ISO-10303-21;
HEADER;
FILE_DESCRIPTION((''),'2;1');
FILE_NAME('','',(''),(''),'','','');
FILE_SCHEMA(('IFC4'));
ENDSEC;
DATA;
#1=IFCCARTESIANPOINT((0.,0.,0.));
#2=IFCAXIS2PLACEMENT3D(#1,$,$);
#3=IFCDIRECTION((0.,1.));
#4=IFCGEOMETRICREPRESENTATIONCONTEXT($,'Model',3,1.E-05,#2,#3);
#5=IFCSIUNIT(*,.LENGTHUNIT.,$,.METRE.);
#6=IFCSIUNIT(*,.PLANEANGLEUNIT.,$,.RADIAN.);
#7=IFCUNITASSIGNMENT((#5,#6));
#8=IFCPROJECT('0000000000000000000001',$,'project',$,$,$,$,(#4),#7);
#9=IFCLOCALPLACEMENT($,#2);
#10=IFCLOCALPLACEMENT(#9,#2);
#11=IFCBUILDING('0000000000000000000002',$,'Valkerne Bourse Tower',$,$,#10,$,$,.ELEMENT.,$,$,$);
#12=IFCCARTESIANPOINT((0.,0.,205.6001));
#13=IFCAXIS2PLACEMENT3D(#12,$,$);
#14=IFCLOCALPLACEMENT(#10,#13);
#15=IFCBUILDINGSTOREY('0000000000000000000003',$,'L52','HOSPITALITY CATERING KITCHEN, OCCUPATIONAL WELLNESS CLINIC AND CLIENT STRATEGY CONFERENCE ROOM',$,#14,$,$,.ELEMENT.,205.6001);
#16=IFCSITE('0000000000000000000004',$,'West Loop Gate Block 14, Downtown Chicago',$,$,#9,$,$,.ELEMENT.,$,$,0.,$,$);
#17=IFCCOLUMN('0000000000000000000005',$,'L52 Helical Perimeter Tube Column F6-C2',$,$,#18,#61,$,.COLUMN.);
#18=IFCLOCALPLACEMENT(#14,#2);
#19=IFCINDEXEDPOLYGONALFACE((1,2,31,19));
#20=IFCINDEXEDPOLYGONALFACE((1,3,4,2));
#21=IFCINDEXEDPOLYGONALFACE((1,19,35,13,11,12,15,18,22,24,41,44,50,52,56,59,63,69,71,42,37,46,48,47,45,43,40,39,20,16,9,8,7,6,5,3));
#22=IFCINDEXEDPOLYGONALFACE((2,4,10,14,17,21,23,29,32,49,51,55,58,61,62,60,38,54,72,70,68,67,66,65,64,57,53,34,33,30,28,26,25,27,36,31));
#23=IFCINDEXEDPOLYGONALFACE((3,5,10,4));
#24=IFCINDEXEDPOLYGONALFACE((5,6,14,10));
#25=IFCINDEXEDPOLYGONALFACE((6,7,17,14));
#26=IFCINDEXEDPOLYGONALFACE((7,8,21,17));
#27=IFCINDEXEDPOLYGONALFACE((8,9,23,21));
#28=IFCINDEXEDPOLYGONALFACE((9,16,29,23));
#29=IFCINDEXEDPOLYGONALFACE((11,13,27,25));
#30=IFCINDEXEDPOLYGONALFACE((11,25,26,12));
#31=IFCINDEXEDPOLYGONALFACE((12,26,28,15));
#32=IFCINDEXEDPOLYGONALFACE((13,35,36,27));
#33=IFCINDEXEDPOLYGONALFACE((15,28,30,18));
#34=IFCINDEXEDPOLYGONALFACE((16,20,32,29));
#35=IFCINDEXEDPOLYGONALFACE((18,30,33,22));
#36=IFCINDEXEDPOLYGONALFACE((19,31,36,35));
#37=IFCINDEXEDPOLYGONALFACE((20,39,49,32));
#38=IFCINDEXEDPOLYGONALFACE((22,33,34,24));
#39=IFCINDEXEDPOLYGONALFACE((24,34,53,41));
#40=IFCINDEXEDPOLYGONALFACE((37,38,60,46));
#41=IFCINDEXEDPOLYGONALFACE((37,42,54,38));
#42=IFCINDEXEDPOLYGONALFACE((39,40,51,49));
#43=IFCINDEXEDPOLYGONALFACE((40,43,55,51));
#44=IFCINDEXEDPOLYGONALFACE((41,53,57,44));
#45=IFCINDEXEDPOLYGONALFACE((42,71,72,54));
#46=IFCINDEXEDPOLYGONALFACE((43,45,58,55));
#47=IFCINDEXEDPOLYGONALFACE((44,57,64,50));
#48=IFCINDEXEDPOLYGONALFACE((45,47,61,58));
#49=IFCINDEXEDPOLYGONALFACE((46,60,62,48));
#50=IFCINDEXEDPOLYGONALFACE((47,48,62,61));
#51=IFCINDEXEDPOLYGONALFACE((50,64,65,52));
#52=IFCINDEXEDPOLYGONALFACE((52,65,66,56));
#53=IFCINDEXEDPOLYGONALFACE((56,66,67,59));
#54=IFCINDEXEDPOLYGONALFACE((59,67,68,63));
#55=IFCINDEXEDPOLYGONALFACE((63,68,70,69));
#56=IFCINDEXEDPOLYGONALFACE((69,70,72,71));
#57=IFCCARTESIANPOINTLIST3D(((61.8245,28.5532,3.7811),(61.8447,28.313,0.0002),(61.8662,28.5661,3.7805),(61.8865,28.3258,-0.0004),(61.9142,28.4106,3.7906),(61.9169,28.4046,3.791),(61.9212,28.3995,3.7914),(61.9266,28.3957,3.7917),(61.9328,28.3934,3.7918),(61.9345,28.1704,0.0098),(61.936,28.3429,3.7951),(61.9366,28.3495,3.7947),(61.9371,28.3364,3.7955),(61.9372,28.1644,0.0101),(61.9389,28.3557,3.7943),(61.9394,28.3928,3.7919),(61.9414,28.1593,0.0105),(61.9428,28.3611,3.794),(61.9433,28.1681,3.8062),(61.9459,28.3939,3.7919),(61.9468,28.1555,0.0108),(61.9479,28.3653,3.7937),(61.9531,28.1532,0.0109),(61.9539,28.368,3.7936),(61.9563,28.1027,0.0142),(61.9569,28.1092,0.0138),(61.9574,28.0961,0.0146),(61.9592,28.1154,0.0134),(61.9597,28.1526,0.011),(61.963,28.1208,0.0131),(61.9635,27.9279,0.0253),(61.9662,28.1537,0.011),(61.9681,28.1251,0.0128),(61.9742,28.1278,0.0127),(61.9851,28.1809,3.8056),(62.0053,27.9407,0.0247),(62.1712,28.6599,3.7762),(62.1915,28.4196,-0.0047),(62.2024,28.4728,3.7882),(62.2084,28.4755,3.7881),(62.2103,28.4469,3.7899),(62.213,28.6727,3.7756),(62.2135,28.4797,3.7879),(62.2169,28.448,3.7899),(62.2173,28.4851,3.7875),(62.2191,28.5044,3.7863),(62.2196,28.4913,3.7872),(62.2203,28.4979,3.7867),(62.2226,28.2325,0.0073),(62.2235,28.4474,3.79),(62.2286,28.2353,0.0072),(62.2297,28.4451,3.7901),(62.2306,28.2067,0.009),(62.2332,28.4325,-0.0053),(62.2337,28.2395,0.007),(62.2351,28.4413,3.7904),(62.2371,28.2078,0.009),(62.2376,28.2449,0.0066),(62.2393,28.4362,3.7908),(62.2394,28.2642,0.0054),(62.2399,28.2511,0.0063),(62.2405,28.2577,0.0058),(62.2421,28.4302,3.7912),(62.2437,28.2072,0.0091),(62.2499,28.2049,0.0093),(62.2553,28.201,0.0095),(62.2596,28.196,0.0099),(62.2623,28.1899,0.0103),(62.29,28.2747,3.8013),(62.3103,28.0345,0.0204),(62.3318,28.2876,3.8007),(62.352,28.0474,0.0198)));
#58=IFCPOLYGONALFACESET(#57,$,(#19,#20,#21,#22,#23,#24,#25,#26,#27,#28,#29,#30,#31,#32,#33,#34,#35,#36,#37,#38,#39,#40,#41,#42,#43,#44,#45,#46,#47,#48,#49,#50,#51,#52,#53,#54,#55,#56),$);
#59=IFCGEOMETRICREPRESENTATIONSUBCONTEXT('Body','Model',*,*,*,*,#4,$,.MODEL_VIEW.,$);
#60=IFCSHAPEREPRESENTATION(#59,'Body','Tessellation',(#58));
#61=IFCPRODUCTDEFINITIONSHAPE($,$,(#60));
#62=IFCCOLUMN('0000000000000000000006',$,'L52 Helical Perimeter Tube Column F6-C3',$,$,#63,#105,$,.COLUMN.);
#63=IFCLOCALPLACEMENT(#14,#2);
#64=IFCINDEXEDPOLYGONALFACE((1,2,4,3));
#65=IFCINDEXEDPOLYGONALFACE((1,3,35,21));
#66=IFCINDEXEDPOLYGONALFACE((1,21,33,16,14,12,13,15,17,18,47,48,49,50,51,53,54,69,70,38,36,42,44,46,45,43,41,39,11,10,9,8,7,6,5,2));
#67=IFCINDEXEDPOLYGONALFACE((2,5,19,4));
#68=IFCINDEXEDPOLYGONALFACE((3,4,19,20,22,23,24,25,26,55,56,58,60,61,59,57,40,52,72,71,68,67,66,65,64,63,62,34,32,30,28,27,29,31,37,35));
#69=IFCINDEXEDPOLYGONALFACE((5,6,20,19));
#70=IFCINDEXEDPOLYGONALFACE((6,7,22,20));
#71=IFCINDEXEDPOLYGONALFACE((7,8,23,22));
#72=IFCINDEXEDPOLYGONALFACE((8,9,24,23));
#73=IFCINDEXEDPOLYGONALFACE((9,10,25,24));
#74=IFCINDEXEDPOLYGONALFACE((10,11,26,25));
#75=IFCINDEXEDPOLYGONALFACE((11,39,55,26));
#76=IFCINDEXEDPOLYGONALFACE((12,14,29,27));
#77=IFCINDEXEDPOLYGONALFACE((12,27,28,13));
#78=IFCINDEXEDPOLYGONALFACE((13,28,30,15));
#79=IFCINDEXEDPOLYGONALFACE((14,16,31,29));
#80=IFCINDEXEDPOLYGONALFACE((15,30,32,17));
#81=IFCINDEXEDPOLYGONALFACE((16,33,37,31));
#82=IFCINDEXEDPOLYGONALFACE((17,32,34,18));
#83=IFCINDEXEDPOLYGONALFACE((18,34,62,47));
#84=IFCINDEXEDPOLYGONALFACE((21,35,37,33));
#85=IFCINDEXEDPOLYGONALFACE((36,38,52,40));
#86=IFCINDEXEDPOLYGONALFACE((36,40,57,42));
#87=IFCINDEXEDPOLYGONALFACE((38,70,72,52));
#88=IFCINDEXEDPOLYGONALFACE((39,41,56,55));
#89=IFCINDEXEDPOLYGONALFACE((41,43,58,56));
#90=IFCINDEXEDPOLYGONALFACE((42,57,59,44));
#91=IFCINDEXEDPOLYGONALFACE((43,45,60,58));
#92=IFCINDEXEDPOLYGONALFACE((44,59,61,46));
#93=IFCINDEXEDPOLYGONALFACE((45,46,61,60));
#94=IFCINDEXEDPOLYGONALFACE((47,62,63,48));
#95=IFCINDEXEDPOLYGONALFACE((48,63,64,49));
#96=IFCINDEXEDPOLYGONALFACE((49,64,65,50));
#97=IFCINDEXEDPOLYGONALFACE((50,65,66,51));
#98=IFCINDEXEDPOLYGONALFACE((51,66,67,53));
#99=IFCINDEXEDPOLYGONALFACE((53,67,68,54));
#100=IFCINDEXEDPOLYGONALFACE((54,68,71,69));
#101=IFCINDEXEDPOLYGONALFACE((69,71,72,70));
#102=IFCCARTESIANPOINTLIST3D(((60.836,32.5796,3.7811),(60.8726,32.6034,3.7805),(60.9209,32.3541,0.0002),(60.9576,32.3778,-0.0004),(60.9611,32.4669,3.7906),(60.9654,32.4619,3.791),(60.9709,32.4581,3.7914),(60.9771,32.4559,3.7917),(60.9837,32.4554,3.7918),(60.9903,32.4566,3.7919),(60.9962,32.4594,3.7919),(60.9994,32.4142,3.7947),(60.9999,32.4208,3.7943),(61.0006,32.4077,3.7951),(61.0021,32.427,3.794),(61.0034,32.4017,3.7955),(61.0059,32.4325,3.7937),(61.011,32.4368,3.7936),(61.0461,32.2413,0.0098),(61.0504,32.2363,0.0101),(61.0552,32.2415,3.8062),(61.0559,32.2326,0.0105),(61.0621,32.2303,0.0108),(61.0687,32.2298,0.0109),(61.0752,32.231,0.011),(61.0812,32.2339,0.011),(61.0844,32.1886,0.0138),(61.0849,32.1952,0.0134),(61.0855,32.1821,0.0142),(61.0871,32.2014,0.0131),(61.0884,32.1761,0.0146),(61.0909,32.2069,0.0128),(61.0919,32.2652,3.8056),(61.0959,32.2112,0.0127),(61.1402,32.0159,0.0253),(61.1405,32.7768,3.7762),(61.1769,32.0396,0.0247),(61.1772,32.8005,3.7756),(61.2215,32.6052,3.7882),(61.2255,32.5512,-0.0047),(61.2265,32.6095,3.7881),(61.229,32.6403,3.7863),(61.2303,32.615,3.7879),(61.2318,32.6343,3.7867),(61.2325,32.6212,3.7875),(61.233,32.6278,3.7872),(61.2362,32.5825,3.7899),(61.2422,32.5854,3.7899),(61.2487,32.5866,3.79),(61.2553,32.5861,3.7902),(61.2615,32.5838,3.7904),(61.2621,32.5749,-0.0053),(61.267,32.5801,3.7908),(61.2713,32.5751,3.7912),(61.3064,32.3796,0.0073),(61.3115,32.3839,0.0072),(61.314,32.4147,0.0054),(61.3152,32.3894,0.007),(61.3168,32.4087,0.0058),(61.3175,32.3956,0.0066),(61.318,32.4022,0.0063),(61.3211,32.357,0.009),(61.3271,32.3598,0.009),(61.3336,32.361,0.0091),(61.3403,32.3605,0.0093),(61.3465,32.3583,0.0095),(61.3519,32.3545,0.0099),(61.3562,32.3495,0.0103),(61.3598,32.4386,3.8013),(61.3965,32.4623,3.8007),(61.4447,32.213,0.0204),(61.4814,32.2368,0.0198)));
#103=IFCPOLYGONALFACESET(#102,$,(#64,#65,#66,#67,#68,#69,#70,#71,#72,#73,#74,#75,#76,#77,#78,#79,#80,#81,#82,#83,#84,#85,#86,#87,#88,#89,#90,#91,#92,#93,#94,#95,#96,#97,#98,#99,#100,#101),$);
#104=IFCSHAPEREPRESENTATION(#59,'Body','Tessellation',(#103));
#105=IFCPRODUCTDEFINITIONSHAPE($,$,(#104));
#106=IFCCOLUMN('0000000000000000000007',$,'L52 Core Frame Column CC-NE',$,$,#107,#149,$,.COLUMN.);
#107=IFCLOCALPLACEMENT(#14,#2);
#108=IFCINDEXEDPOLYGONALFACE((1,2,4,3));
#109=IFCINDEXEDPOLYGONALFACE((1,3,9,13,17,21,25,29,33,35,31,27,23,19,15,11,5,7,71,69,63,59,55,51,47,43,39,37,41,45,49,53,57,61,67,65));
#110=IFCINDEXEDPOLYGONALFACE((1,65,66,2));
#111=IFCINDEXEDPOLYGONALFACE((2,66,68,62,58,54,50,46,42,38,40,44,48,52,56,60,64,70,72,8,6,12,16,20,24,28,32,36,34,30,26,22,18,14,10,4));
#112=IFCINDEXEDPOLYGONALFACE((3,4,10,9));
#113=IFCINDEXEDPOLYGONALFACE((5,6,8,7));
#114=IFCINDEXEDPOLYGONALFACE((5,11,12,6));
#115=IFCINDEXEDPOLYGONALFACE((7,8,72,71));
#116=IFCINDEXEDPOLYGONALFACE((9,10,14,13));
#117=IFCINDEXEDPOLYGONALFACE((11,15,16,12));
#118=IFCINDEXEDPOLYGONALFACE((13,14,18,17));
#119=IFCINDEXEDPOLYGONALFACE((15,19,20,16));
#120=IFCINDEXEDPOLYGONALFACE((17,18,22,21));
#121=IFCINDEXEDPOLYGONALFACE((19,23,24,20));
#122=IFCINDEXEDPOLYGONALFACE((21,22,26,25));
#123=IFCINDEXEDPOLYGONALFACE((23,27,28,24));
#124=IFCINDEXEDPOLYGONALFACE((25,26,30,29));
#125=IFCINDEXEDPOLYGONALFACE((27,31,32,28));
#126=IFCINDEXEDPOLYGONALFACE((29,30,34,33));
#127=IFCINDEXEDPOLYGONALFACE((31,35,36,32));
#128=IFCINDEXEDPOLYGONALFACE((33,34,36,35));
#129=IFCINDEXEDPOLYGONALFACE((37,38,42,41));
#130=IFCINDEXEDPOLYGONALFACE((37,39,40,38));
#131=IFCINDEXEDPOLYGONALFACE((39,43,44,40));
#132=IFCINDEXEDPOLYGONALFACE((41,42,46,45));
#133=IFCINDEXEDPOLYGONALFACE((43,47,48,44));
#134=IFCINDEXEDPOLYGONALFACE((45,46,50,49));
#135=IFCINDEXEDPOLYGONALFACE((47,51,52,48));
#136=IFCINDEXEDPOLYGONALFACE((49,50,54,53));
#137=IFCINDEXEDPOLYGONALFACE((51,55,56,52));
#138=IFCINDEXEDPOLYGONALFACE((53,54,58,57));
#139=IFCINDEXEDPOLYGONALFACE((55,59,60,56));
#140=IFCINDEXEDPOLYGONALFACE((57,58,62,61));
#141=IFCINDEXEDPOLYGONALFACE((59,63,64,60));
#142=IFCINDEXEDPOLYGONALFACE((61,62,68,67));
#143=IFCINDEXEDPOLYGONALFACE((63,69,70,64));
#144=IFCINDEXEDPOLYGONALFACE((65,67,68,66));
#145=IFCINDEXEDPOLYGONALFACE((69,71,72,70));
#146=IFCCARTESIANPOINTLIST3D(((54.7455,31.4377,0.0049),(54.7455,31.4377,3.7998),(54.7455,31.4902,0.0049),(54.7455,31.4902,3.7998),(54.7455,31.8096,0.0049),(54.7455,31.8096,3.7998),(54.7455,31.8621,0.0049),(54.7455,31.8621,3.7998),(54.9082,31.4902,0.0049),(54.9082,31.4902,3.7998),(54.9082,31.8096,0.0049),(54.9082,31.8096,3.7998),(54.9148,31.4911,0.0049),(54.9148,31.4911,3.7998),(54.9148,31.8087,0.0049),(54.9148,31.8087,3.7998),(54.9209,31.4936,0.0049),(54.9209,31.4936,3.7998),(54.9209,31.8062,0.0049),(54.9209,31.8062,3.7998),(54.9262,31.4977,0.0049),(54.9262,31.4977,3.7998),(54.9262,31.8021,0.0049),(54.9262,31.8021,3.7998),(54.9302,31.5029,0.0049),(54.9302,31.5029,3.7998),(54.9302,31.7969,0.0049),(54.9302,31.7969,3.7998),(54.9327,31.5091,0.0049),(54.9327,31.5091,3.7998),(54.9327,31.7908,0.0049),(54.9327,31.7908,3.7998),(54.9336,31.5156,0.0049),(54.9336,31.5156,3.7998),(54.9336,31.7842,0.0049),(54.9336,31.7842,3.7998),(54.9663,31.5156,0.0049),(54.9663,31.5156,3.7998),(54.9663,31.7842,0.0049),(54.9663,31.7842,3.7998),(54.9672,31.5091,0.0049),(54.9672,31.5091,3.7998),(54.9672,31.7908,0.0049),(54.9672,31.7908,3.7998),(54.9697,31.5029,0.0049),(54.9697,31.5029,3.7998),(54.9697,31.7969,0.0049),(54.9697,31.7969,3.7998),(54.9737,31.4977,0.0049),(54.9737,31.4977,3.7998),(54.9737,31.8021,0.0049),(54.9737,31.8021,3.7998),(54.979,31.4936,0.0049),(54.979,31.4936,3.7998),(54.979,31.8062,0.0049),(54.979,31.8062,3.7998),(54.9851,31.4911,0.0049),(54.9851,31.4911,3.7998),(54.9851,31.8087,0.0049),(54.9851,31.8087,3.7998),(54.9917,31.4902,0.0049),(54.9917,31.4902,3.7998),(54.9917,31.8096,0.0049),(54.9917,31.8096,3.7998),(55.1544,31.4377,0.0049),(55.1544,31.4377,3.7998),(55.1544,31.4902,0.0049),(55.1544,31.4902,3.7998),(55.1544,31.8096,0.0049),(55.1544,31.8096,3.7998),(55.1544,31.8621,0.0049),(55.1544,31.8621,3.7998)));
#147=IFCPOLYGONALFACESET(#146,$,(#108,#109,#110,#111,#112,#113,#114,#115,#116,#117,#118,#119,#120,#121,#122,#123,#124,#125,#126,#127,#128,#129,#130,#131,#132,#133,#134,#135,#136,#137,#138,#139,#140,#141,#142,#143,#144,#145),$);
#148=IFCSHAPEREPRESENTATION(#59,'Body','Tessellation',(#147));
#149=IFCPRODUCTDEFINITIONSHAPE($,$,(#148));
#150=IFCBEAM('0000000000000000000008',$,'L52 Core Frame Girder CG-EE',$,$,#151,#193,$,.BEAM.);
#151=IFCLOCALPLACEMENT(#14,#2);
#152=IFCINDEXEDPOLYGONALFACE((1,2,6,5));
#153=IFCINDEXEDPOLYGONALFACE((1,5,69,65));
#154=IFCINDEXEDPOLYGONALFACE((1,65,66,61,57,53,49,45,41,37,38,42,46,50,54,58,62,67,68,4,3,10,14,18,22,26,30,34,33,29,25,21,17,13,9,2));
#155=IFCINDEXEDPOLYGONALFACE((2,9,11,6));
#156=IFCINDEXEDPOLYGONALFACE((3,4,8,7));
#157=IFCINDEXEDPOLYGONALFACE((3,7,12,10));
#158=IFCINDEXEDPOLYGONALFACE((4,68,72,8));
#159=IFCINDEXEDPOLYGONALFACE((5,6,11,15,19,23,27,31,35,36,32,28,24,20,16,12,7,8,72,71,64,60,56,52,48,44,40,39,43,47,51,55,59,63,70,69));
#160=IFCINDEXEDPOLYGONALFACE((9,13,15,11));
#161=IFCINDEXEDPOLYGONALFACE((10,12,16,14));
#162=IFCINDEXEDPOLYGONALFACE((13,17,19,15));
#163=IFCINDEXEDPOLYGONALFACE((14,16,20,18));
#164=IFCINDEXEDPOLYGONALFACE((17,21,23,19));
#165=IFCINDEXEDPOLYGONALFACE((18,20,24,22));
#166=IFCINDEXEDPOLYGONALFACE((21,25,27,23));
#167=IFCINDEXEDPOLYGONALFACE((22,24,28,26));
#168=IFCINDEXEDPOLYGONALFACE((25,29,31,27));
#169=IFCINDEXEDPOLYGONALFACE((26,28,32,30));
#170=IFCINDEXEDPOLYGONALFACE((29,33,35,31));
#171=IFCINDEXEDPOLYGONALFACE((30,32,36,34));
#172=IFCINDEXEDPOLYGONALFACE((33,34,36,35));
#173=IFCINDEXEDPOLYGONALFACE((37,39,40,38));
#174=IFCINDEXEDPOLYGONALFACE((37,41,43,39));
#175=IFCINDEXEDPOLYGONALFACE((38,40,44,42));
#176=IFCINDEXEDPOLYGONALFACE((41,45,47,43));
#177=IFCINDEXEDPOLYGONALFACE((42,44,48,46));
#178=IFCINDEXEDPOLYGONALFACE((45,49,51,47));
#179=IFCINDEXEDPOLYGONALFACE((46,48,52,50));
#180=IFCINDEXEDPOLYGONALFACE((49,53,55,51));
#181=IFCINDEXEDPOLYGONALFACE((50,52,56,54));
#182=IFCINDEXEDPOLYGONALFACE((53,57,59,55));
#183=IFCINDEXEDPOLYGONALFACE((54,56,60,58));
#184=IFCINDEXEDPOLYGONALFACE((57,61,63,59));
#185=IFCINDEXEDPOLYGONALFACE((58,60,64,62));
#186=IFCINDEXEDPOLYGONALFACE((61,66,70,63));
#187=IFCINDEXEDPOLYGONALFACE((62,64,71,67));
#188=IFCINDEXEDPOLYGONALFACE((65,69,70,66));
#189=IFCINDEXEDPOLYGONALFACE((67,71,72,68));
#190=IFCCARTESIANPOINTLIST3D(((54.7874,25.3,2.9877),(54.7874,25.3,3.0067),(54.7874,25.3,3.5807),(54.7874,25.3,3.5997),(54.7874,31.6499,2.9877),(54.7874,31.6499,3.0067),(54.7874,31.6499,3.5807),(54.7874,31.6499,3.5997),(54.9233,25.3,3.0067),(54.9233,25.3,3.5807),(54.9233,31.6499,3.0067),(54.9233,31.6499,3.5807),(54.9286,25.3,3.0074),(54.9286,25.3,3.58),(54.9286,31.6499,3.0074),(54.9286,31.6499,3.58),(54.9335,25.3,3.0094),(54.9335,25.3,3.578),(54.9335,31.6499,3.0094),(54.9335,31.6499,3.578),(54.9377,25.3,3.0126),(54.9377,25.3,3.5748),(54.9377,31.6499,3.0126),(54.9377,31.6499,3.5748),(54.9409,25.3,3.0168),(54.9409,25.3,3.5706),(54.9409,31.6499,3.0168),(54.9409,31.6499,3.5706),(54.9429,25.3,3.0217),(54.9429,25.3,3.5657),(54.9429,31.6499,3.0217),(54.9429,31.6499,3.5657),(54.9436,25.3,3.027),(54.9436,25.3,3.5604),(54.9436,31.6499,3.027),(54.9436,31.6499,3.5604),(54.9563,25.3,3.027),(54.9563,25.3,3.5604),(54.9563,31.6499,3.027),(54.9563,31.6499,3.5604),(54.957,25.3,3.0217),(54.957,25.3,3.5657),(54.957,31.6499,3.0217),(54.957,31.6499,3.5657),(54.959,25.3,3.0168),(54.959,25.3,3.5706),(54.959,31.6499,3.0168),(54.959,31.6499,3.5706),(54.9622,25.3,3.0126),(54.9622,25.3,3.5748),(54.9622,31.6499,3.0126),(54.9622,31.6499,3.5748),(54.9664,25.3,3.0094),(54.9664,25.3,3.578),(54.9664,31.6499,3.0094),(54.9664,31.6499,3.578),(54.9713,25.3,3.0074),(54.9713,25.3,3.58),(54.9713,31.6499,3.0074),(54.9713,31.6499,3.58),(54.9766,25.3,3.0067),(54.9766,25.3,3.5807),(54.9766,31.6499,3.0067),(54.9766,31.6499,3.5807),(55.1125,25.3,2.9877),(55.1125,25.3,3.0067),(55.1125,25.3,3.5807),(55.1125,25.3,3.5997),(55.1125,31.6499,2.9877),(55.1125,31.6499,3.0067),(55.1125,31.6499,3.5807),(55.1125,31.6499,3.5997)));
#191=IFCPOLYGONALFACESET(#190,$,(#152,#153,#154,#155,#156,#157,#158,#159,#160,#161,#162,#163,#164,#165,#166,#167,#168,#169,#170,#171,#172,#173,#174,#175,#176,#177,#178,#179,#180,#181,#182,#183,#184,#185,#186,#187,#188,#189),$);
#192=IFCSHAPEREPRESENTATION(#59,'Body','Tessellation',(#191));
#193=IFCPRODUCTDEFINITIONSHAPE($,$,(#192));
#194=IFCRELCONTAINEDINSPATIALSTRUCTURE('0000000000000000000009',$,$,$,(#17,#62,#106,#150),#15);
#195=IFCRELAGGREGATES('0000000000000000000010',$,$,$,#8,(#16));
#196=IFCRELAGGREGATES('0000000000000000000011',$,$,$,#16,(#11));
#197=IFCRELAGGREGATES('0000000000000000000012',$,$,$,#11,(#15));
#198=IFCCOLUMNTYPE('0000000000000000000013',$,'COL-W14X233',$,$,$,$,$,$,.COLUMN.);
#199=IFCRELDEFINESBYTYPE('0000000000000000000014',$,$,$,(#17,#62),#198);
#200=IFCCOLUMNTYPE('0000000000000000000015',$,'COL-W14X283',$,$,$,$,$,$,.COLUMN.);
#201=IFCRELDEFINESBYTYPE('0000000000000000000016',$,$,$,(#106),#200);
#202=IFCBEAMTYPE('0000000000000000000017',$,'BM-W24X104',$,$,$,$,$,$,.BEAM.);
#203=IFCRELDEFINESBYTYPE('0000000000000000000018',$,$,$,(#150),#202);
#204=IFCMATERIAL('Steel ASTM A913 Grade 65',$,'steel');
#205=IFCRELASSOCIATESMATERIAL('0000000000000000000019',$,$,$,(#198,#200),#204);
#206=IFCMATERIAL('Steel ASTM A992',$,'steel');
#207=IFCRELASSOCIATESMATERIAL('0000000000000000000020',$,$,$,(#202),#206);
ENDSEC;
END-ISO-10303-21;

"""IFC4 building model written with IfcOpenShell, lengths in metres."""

from ifc_helpers import new_model, si_unit, direction, frame, origin, origin_2d, place, context, subcontext, project, spatial, i_section, extrude, material, material_profile, profile_set, type_object, element, save


model = new_model("IFC4")

# Units and contexts
model_context = context("Model", 3, precision=1e-05, world=origin(), true_north=direction((0.0, 1.0)))
body_context = subcontext(model_context, "Body", "Model", "MODEL_VIEW")
ifc_project = project(units=[si_unit("LENGTHUNIT", "METRE"), si_unit("PLANEANGLEUNIT", "RADIAN")], contexts=[model_context])

# Site, building, storey
site_placement = place(None, origin())
site = spatial("IfcSite", under=ifc_project, at=site_placement, Name="West Loop Gate Block 14, Downtown Chicago", CompositionType="ELEMENT", RefElevation=0.0)
building_placement = place(site_placement, origin())
building = spatial("IfcBuilding", under=site, at=building_placement, Name="Valkerne Bourse Tower", CompositionType="ELEMENT")
storey_placement = place(building_placement, frame((0.0, 0.0, 205.6001)))
storey = spatial("IfcBuildingStorey", under=building, at=storey_placement, Name="L52", Description="HOSPITALITY CATERING KITCHEN, OCCUPATIONAL WELLNESS CLINIC AND CLIENT STRATEGY CONFERENCE ROOM", CompositionType="ELEMENT", Elevation=205.6001)

# Columns
ifc_material_1 = material(Name="Steel ASTM A913 Grade 65", Category="steel")
ifc_material_profile_1 = material_profile(ifc_material_1, i_section(OverallWidth=0.4038, OverallDepth=0.4065, WebThickness=0.0271, FlangeThickness=0.0437, FilletRadius=0.0254, at=origin_2d()), Name="W14X233")
ifc_profile_set_1 = profile_set([ifc_material_profile_1], Name="Steel ASTM A913 Grade 65")
column_type_1 = type_object("IfcColumnType", Name="COL-W14X233", PredefinedType="COLUMN", material=ifc_profile_set_1)
for number, where, z_axis, x_axis, name in (
    (1, (62.0984, 28.1802, 0.01), (-0.005348, 0.063408, 0.997973), (0.294232, -0.95371, 0.062173), "L52 Helical Perimeter Tube Column F6-C2"),
    (2, (61.2012, 32.2954, 0.01), (-0.022425, 0.059542, 0.997974), (0.543027, -0.837411, 0.062164), "L52 Helical Perimeter Tube Column F6-C3"),
):
    element("IfcColumn", number, at=place(storey_placement, frame(where, z_axis=z_axis, x_axis=x_axis)), inside=storey, type_object=column_type_1, Name=name, PredefinedType="COLUMN", context=body_context, shape_type="SweptSolid", body=[
        extrude(i_section(OverallWidth=0.4038, OverallDepth=0.4065, WebThickness=0.0271, FlangeThickness=0.0437, FilletRadius=0.0254, at=origin_2d()), origin(), (0.0, 0.0, 1.0), 3.7886),
    ])
ifc_material_profile_2 = material_profile(ifc_material_1, i_section(OverallWidth=0.4089, OverallDepth=0.4243, WebThickness=0.0327, FlangeThickness=0.0525, FilletRadius=0.0254, at=origin_2d()), Name="W14X283")
ifc_profile_set_2 = profile_set([ifc_material_profile_2], Name="Steel ASTM A913 Grade 65")
column_type_2 = type_object("IfcColumnType", Name="COL-W14X283", PredefinedType="COLUMN", material=ifc_profile_set_2)
column_placement = place(storey_placement, frame((54.95, 31.6499, 0.0049), z_axis=(0.0, 0.0, 1.0), x_axis=(1.0, 0.0, 0.0)))
element("IfcColumn", 3, at=column_placement, inside=storey, type_object=column_type_2, Name="L52 Core Frame Column CC-NE", PredefinedType="COLUMN", context=body_context, shape_type="SweptSolid", body=[
    extrude(i_section(OverallWidth=0.4089, OverallDepth=0.4243, WebThickness=0.0327, FlangeThickness=0.0525, FilletRadius=0.0254, at=origin_2d()), origin(), (0.0, 0.0, 1.0), 3.7949),
])

# Beam
ifc_material_2 = material(Name="Steel ASTM A992", Category="steel")
ifc_material_profile_3 = material_profile(ifc_material_2, i_section(OverallWidth=0.3252, OverallDepth=0.6121, WebThickness=0.0127, FlangeThickness=0.019, FilletRadius=0.0203, at=origin_2d()), Name="W24X104")
ifc_profile_set_3 = profile_set([ifc_material_profile_3], Name="Steel ASTM A992")
beam_type_1 = type_object("IfcBeamType", Name="BM-W24X104", PredefinedType="BEAM", material=ifc_profile_set_3)
beam_1_placement = place(storey_placement, frame((54.95, 25.3, 3.2937), z_axis=(0.0, 1.0, 0.0), x_axis=(-1.0, 0.0, 0.0)))
element("IfcBeam", 4, at=beam_1_placement, inside=storey, type_object=beam_type_1, Name="L52 Core Frame Girder CG-EE", PredefinedType="BEAM", context=body_context, shape_type="SweptSolid", body=[
    extrude(i_section(OverallWidth=0.3252, OverallDepth=0.6121, WebThickness=0.0127, FlangeThickness=0.019, FilletRadius=0.0203, at=origin_2d()), origin(), (0.0, 0.0, 1.0), 6.3499),
])

save(model, "model.ifc")
